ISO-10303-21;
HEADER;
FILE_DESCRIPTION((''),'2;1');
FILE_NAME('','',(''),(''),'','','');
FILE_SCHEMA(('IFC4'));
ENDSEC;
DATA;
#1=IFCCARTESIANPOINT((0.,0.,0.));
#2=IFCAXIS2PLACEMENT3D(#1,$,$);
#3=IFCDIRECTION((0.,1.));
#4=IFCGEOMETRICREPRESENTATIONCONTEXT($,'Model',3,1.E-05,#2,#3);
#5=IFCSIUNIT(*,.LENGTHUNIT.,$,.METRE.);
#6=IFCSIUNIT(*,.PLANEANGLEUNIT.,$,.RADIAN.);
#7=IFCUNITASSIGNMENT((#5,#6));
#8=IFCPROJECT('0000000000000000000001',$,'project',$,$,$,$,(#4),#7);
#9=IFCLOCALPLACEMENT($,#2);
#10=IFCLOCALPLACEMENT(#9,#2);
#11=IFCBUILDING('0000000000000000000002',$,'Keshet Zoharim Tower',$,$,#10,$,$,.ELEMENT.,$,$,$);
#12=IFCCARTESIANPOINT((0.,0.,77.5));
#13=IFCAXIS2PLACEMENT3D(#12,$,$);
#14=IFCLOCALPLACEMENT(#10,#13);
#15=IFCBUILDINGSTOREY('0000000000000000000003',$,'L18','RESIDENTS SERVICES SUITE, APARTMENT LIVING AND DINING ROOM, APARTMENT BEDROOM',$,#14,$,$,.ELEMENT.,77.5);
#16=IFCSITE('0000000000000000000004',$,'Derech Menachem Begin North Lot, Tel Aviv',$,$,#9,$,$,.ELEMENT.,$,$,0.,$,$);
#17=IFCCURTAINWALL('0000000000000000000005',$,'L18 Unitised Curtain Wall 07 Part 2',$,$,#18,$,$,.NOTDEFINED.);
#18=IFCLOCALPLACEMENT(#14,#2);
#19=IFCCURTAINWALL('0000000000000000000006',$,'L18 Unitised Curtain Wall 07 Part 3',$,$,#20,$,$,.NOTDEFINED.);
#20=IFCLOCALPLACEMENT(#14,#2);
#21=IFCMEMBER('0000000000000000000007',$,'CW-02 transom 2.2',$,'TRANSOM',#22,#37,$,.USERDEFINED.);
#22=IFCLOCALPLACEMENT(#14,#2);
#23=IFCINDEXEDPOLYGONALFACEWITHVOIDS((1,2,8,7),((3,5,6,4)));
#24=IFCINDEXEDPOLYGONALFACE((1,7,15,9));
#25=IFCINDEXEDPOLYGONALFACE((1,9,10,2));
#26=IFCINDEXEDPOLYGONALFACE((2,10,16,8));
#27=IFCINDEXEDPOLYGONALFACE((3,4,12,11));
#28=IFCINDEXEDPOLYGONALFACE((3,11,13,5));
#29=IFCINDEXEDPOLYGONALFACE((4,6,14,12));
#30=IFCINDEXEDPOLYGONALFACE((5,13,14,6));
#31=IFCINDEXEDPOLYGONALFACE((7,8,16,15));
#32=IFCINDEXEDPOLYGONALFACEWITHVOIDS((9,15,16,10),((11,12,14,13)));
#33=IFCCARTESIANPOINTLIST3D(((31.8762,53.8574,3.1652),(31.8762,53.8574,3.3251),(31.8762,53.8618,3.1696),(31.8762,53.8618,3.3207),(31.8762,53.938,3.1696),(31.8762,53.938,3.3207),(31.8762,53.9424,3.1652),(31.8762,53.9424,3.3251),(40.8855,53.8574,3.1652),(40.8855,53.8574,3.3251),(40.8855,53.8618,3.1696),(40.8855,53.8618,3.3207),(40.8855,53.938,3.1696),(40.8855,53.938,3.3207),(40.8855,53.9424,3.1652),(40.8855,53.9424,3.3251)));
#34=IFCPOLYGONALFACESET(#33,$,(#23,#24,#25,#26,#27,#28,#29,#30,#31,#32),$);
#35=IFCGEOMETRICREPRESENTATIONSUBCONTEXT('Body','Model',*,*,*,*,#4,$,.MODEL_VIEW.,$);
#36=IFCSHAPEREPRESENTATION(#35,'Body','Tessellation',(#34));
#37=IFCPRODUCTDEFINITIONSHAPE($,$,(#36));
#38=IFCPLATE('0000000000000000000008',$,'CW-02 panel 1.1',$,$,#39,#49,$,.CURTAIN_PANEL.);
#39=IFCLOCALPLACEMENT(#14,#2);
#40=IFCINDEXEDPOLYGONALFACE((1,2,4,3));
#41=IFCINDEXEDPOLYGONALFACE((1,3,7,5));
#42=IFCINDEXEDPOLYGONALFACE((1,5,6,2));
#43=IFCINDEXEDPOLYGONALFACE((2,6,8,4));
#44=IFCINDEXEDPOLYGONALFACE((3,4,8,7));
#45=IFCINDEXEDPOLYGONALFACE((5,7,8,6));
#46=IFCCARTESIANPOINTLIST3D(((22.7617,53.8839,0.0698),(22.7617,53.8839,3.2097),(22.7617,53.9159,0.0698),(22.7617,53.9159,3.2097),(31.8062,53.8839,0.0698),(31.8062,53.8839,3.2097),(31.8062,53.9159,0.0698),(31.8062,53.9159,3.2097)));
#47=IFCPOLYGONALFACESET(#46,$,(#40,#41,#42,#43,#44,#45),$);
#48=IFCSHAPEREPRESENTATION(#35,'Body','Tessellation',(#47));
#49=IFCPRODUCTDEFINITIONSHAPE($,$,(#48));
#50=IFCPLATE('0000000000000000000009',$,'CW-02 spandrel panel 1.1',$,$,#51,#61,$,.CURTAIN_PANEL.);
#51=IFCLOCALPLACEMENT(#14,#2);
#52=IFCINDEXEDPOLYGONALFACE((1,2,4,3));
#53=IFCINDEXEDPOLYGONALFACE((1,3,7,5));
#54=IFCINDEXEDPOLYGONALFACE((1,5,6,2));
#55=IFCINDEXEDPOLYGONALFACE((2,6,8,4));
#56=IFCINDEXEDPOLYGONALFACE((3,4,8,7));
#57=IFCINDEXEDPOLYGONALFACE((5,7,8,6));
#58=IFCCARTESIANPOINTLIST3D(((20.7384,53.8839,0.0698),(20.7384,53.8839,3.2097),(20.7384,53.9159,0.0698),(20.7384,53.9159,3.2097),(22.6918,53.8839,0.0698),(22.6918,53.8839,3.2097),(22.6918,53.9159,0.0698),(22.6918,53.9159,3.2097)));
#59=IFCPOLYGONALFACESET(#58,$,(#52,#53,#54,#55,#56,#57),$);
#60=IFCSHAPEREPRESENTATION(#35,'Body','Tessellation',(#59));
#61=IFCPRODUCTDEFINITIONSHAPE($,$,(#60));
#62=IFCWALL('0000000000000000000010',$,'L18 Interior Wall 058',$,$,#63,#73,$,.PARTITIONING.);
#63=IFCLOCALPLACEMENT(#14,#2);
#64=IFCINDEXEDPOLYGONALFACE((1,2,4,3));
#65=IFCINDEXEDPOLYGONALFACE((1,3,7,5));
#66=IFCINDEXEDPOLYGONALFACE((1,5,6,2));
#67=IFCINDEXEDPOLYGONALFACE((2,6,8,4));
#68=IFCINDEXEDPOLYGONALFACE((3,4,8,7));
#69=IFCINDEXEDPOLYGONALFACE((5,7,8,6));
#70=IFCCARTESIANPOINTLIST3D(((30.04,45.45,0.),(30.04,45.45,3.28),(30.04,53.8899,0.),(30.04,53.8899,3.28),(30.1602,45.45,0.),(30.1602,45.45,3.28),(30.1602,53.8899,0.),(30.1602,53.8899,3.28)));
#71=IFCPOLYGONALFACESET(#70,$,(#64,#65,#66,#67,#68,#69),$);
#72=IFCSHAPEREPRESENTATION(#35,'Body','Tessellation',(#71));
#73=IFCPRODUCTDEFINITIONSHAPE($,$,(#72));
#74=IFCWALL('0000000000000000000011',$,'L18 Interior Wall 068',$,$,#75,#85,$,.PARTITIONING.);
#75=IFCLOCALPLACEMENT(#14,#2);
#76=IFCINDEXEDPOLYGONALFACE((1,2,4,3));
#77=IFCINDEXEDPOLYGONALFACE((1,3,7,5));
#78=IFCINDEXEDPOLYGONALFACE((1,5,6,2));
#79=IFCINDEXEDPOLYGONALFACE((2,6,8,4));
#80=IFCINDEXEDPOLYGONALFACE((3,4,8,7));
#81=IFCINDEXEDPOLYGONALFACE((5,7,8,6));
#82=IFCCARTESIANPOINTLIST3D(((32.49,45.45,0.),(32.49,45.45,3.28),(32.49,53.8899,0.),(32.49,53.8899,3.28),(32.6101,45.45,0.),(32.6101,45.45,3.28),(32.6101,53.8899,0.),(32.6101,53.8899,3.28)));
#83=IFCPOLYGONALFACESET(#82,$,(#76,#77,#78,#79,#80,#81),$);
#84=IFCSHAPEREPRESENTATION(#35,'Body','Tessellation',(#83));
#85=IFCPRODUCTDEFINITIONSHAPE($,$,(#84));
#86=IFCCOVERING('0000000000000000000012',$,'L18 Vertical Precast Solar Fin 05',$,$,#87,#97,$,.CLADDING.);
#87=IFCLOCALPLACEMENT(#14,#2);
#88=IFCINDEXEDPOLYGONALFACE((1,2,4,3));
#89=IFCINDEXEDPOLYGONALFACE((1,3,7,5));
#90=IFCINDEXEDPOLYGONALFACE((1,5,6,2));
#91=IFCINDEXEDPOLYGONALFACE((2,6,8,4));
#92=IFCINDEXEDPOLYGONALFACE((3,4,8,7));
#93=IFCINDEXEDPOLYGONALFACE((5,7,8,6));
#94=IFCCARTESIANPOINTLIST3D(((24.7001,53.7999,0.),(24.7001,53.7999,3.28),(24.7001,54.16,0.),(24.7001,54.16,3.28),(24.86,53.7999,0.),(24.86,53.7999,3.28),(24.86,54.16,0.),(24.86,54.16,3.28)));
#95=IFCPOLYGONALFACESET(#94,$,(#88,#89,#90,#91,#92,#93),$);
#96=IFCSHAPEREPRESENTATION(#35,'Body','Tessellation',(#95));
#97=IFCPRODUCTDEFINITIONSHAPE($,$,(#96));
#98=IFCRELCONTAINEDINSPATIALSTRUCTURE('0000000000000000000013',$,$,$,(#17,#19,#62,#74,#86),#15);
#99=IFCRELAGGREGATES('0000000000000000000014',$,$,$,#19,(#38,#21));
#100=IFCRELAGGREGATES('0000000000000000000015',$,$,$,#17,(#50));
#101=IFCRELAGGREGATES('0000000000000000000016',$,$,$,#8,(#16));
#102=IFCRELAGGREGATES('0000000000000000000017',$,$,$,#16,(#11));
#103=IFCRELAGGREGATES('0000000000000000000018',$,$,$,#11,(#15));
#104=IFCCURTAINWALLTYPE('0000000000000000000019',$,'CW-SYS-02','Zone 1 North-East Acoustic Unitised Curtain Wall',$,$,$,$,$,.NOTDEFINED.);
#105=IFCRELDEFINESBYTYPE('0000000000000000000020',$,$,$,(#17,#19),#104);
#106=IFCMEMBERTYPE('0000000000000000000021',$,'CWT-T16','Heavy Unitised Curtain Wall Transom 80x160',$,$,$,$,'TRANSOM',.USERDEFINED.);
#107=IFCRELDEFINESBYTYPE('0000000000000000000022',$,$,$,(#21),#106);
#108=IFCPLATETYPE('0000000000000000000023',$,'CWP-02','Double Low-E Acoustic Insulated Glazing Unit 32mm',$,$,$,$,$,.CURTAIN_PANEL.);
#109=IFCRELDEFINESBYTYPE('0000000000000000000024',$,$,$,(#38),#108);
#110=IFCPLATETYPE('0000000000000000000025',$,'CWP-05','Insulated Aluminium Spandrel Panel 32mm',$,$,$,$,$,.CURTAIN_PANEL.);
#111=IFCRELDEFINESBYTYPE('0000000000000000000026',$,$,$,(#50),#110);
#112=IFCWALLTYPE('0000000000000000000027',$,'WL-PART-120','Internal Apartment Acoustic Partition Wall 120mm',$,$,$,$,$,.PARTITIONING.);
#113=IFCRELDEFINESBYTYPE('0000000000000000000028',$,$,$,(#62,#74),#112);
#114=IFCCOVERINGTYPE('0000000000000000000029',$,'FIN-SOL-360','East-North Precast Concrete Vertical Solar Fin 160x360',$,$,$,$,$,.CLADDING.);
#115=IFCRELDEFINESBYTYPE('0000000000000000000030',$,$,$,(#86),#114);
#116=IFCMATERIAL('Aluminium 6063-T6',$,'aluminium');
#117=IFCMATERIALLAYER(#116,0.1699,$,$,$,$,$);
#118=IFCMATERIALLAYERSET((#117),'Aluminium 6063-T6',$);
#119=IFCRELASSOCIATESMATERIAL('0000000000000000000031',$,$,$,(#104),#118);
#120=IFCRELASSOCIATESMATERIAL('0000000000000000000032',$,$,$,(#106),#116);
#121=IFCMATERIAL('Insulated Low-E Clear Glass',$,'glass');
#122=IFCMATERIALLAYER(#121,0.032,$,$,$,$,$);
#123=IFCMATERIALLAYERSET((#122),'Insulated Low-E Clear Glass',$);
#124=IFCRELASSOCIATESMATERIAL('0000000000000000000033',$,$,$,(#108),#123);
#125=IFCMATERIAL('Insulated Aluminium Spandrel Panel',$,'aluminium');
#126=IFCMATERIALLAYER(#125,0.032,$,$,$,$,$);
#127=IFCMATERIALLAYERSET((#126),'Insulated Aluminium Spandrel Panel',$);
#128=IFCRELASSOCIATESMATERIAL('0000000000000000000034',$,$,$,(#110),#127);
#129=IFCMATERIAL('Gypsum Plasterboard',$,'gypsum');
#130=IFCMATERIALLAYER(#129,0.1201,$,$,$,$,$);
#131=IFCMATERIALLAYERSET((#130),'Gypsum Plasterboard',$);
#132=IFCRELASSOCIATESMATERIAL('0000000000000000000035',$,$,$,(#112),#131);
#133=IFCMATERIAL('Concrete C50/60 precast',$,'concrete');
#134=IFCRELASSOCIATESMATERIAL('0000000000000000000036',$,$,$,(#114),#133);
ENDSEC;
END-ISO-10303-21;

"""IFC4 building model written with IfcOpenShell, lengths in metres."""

from ifc_helpers import new_model, si_unit, direction, frame, frame_2d, origin, origin_2d, place, context, subcontext, project, spatial, rectangle, hollow_rectangle, extrude, material, layer, layer_set, material_profile, profile_set, type_object, element, aggregate, save


model = new_model("IFC4")

# Units and contexts
model_context = context("Model", 3, precision=1e-05, world=origin(), true_north=direction((0.0, 1.0)))
body_context = subcontext(model_context, "Body", "Model", "MODEL_VIEW")
ifc_project = project(units=[si_unit("LENGTHUNIT", "METRE"), si_unit("PLANEANGLEUNIT", "RADIAN")], contexts=[model_context])

# Site, building, storey
site_placement = place(None, origin())
site = spatial("IfcSite", under=ifc_project, at=site_placement, Name="Derech Menachem Begin North Lot, Tel Aviv", CompositionType="ELEMENT", RefElevation=0.0)
building_placement = place(site_placement, origin())
building = spatial("IfcBuilding", under=site, at=building_placement, Name="Keshet Zoharim Tower", CompositionType="ELEMENT")
storey_placement = place(building_placement, frame((0.0, 0.0, 77.5)))
storey = spatial("IfcBuildingStorey", under=building, at=storey_placement, Name="L18", Description="RESIDENTS SERVICES SUITE, APARTMENT LIVING AND DINING ROOM, APARTMENT BEDROOM", CompositionType="ELEMENT", Elevation=77.5)

# Curtain wall
ifc_material_1 = material(Name="Aluminium 6063-T6", Category="aluminium")
ifc_layer_1 = layer(ifc_material_1, 0.1699)
ifc_layer_set_1 = layer_set([ifc_layer_1], Name="Aluminium 6063-T6")
curtain_wall_type = type_object("IfcCurtainWallType", Name="CW-SYS-02", Description="Zone 1 North-East Acoustic Unitised Curtain Wall", PredefinedType="NOTDEFINED", material=ifc_layer_set_1)
curtain_wall_1_placement = place(storey_placement, origin())
curtain_wall_1 = element("IfcCurtainWall", 1, at=curtain_wall_1_placement, inside=storey, type_object=curtain_wall_type, Name="L18 Unitised Curtain Wall 07 Part 2", PredefinedType="NOTDEFINED")

# Curtain wall, member, plate
curtain_wall_2_placement = place(storey_placement, origin())
curtain_wall_2 = element("IfcCurtainWall", 2, at=curtain_wall_2_placement, inside=storey, type_object=curtain_wall_type, Name="L18 Unitised Curtain Wall 07 Part 3", PredefinedType="NOTDEFINED")
ifc_material_profile_1 = material_profile(ifc_material_1, hollow_rectangle(XDim=0.085, YDim=0.1599, WallThickness=0.0044, at=origin_2d()), Name="TRN-85x160")
ifc_profile_set_1 = profile_set([ifc_material_profile_1], Name="Aluminium 6063-T6")
member_type_1 = type_object("IfcMemberType", Name="CWT-T16", Description="Heavy Unitised Curtain Wall Transom 80x160", ElementType="TRANSOM", PredefinedType="USERDEFINED", material=ifc_profile_set_1)
member_1_placement = place(storey_placement, frame((31.8762, 53.8999, 3.2451), z_axis=(1.0, 0.0, 0.0), x_axis=(0.0, 1.0, 0.0)))
member_1 = element("IfcMember", 3, at=member_1_placement, type_object=member_type_1, Name="CW-02 transom 2.2", ObjectType="TRANSOM", PredefinedType="USERDEFINED", context=body_context, shape_type="SweptSolid", body=[
    extrude(hollow_rectangle(XDim=0.085, YDim=0.1599, WallThickness=0.0044, at=origin_2d()), origin(), (0.0, 0.0, 1.0), 9.0093),
])
ifc_material_2 = material(Name="Insulated Low-E Clear Glass", Category="glass")
ifc_layer_2 = layer(ifc_material_2, 0.032)
ifc_layer_set_2 = layer_set([ifc_layer_2], Name="Insulated Low-E Clear Glass")
plate_type_1 = type_object("IfcPlateType", Name="CWP-02", Description="Double Low-E Acoustic Insulated Glazing Unit 32mm", PredefinedType="CURTAIN_PANEL", material=ifc_layer_set_2)
plate_1_placement = place(storey_placement, frame((27.2839, 53.8999, 0.0698), z_axis=(0.0, 0.0, 1.0), x_axis=(1.0, 0.0, 0.0)))
plate_1 = element("IfcPlate", 4, at=plate_1_placement, type_object=plate_type_1, Name="CW-02 panel 1.1", PredefinedType="CURTAIN_PANEL", context=body_context, shape_type="SweptSolid", body=[
    extrude(rectangle(XDim=9.0444, YDim=0.032, at=origin_2d()), origin(), (0.0, 0.0, 1.0), 3.1399),
])
aggregate(curtain_wall_2, [plate_1, member_1])

# Plate
ifc_material_3 = material(Name="Insulated Aluminium Spandrel Panel", Category="aluminium")
ifc_layer_3 = layer(ifc_material_3, 0.032)
ifc_layer_set_3 = layer_set([ifc_layer_3], Name="Insulated Aluminium Spandrel Panel")
plate_type_2 = type_object("IfcPlateType", Name="CWP-05", Description="Insulated Aluminium Spandrel Panel 32mm", PredefinedType="CURTAIN_PANEL", material=ifc_layer_set_3)
plate_2_placement = place(storey_placement, frame((21.7151, 53.8999, 0.0698), z_axis=(0.0, 0.0, 1.0), x_axis=(1.0, 0.0, 0.0)))
plate_2 = element("IfcPlate", 5, at=plate_2_placement, type_object=plate_type_2, Name="CW-02 spandrel panel 1.1", PredefinedType="CURTAIN_PANEL", context=body_context, shape_type="SweptSolid", body=[
    extrude(rectangle(XDim=1.9534, YDim=0.032, at=origin_2d()), origin(), (0.0, 0.0, 1.0), 3.1399),
])
aggregate(curtain_wall_1, [plate_2])

# Walls
ifc_material_4 = material(Name="Gypsum Plasterboard", Category="gypsum")
ifc_layer_4 = layer(ifc_material_4, 0.1201)
ifc_layer_set_4 = layer_set([ifc_layer_4], Name="Gypsum Plasterboard")
wall_type = type_object("IfcWallType", Name="WL-PART-120", Description="Internal Apartment Acoustic Partition Wall 120mm", PredefinedType="PARTITIONING", material=ifc_layer_set_4)
for number, where, z_axis, x_axis, name in (
    (6, (30.1001, 45.45, 0.0), (0.0, 0.0, 1.0), (0.0, 1.0, 0.0), "L18 Interior Wall 058"),
    (7, (32.55, 45.45, 0.0), (0.0, 0.0, 1.0), (0.0, 1.0, 0.0), "L18 Interior Wall 068"),
):
    element("IfcWall", number, at=place(storey_placement, frame(where, z_axis=z_axis, x_axis=x_axis)), inside=storey, type_object=wall_type, Name=name, PredefinedType="PARTITIONING", context=body_context, shape_type="SweptSolid", body=[
        extrude(rectangle(XDim=8.4399, YDim=0.1201, at=frame_2d((4.22, 0.0))), origin(), (0.0, 0.0, 1.0), 3.28),
    ])

# Covering
ifc_material_5 = material(Name="Concrete C50/60 precast", Category="concrete")
covering_type = type_object("IfcCoveringType", Name="FIN-SOL-360", Description="East-North Precast Concrete Vertical Solar Fin 160x360", PredefinedType="CLADDING", material=ifc_material_5)
covering_placement = place(storey_placement, frame((24.78, 53.98, 0.0), z_axis=(0.0, 0.0, 1.0), x_axis=(1.0, 0.0, 0.0)))
element("IfcCovering", 8, at=covering_placement, inside=storey, type_object=covering_type, Name="L18 Vertical Precast Solar Fin 05", PredefinedType="CLADDING", context=body_context, shape_type="SweptSolid", body=[
    extrude(rectangle(XDim=0.1599, YDim=0.3601, at=origin_2d()), origin(), (0.0, 0.0, 1.0), 3.28),
])

save(model, "model.ifc")
